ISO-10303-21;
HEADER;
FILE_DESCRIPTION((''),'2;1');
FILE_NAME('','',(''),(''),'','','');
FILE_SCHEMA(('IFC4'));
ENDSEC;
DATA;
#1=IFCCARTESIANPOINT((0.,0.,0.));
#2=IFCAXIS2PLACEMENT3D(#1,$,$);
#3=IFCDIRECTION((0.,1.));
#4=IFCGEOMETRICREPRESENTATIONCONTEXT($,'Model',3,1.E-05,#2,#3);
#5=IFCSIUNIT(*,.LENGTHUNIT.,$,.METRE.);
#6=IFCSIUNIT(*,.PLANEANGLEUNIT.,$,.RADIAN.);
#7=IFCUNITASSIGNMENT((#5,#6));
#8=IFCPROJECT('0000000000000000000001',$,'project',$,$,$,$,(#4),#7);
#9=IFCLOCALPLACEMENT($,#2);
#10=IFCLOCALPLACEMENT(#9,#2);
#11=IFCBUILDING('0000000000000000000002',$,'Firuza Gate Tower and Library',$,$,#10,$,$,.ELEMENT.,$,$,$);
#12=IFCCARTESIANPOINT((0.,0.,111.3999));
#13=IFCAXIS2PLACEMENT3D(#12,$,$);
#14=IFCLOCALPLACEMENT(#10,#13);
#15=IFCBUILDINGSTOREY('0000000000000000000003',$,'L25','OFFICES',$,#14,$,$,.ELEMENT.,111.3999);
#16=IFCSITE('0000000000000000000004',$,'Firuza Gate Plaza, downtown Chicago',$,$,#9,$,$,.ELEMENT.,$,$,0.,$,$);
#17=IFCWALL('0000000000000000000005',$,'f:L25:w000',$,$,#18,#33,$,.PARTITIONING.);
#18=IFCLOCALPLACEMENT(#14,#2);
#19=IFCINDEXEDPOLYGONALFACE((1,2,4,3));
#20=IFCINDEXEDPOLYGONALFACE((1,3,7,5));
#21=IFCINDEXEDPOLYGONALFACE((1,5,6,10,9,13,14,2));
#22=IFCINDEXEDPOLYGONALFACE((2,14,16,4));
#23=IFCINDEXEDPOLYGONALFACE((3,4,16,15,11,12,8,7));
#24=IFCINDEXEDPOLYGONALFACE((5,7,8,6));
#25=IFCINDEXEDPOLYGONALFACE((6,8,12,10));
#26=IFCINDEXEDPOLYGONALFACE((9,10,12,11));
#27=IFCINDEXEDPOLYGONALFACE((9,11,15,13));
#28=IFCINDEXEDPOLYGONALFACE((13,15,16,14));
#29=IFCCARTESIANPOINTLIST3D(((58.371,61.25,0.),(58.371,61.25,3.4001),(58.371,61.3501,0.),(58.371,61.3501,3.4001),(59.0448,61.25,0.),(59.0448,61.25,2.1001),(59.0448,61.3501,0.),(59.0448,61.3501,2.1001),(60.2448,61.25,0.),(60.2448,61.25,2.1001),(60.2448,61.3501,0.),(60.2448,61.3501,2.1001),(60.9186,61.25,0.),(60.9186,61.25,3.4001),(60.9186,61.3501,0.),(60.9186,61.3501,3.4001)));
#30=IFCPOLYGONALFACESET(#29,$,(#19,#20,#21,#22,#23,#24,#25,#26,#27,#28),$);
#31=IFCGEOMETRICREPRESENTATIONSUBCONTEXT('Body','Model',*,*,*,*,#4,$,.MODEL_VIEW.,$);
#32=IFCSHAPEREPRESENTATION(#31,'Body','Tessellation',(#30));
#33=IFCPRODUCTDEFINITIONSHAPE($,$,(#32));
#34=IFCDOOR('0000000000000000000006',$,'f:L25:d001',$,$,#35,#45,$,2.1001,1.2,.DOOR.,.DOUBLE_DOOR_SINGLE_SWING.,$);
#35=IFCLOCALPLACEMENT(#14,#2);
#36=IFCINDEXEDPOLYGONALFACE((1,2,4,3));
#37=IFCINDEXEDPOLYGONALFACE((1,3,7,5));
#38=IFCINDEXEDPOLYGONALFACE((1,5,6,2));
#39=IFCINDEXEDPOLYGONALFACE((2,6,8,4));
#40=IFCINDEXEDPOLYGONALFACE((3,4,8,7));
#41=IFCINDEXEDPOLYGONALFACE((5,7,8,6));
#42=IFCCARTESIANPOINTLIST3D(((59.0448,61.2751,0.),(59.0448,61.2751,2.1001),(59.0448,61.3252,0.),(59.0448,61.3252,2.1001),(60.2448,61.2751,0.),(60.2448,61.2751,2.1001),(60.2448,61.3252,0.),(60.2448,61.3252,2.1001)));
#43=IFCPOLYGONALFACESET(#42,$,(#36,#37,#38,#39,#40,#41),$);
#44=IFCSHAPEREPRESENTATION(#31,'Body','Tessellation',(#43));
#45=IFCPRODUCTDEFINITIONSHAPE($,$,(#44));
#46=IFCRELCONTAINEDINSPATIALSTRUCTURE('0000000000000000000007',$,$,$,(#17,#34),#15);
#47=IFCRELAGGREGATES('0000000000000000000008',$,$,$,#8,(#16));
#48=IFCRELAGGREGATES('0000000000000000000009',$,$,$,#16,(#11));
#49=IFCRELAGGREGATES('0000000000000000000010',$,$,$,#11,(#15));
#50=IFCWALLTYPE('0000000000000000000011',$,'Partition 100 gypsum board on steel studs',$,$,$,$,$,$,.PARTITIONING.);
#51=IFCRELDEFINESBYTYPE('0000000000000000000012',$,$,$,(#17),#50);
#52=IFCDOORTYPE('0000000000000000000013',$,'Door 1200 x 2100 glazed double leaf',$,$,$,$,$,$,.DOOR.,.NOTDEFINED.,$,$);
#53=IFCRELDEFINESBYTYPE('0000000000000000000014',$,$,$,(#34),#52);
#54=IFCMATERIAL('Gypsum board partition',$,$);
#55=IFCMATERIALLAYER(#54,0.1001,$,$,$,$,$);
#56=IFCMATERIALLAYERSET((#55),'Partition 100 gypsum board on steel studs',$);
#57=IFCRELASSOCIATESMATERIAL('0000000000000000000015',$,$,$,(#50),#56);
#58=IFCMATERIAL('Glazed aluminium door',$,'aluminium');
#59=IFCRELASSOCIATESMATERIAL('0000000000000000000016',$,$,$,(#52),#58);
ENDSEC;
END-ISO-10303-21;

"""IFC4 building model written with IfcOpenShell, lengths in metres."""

from ifc_helpers import new_model, si_unit, direction, frame, frame_2d, origin, place, context, subcontext, project, spatial, rectangle, extrude, material, layer, layer_set, type_object, element, fill, save


model = new_model("IFC4")

# Units and contexts
model_context = context("Model", 3, precision=1e-05, world=origin(), true_north=direction((0.0, 1.0)))
body_context = subcontext(model_context, "Body", "Model", "MODEL_VIEW")
ifc_project = project(units=[si_unit("LENGTHUNIT", "METRE"), si_unit("PLANEANGLEUNIT", "RADIAN")], contexts=[model_context])

# Site, building, storey
site_placement = place(None, origin())
site = spatial("IfcSite", under=ifc_project, at=site_placement, Name="Firuza Gate Plaza, downtown Chicago", CompositionType="ELEMENT", RefElevation=0.0)
building_placement = place(site_placement, origin())
building = spatial("IfcBuilding", under=site, at=building_placement, Name="Firuza Gate Tower and Library", CompositionType="ELEMENT")
storey_placement = place(building_placement, frame((0.0, 0.0, 111.3999)))
storey = spatial("IfcBuildingStorey", under=building, at=storey_placement, Name="L25", Description="OFFICES", CompositionType="ELEMENT", Elevation=111.3999)

# Wall, opening, door
ifc_material_1 = material(Name="Gypsum board partition")
ifc_layer_1 = layer(ifc_material_1, 0.1001)
ifc_layer_set_1 = layer_set([ifc_layer_1], Name="Partition 100 gypsum board on steel studs")
wall_type_1 = type_object("IfcWallType", Name="Partition 100 gypsum board on steel studs", PredefinedType="PARTITIONING", material=ifc_layer_set_1)
wall_1_placement = place(storey_placement, frame((60.9187, 61.3, 0.0), z_axis=(0.0, 0.0, 1.0), x_axis=(-1.0, 0.0, 0.0)))
wall_1 = element("IfcWall", 1, at=wall_1_placement, inside=storey, type_object=wall_type_1, Name="f:L25:w000", PredefinedType="PARTITIONING", context=body_context, shape_type="SweptSolid", body=[
    extrude(rectangle(XDim=2.5476, YDim=0.1001, at=frame_2d((1.2739, 0.0))), origin(), (0.0, 0.0, 1.0), 3.4001),
])
opening_1_placement = place(wall_1_placement, frame((0.6738, 0.0, 0.0)))
opening_1 = element("IfcOpeningElement", 2, at=opening_1_placement, cuts=wall_1, PredefinedType="OPENING", context=body_context, shape_type="SweptSolid", body=[
    extrude(rectangle(XDim=1.2, YDim=2.1001, at=frame_2d((0.6001, 1.05))), frame((0.0, 0.0601, 0.0), z_axis=(0.0, -1.0, 0.0), x_axis=(1.0, 0.0, 0.0)), (0.0, 0.0, 1.0), 0.1201),
])
ifc_material_2 = material(Name="Glazed aluminium door", Category="aluminium")
door_type_1 = type_object("IfcDoorType", Name="Door 1200 x 2100 glazed double leaf", OperationType="NOTDEFINED", PredefinedType="DOOR", material=ifc_material_2)
door_1_placement = place(opening_1_placement, origin())
door_1 = element("IfcDoor", 3, at=door_1_placement, inside=storey, type_object=door_type_1, Name="f:L25:d001", OperationType="DOUBLE_DOOR_SINGLE_SWING", OverallHeight=2.1001, OverallWidth=1.2, PredefinedType="DOOR", context=body_context, shape_type="SweptSolid", body=[
    extrude(rectangle(XDim=1.2, YDim=2.1001, at=frame_2d((0.6001, 1.05))), frame((0.0, 0.0249, 0.0), z_axis=(0.0, -1.0, 0.0), x_axis=(1.0, 0.0, 0.0)), (0.0, 0.0, 1.0), 0.05),
])
fill(opening_1, door_1)

save(model, "model.ifc")
